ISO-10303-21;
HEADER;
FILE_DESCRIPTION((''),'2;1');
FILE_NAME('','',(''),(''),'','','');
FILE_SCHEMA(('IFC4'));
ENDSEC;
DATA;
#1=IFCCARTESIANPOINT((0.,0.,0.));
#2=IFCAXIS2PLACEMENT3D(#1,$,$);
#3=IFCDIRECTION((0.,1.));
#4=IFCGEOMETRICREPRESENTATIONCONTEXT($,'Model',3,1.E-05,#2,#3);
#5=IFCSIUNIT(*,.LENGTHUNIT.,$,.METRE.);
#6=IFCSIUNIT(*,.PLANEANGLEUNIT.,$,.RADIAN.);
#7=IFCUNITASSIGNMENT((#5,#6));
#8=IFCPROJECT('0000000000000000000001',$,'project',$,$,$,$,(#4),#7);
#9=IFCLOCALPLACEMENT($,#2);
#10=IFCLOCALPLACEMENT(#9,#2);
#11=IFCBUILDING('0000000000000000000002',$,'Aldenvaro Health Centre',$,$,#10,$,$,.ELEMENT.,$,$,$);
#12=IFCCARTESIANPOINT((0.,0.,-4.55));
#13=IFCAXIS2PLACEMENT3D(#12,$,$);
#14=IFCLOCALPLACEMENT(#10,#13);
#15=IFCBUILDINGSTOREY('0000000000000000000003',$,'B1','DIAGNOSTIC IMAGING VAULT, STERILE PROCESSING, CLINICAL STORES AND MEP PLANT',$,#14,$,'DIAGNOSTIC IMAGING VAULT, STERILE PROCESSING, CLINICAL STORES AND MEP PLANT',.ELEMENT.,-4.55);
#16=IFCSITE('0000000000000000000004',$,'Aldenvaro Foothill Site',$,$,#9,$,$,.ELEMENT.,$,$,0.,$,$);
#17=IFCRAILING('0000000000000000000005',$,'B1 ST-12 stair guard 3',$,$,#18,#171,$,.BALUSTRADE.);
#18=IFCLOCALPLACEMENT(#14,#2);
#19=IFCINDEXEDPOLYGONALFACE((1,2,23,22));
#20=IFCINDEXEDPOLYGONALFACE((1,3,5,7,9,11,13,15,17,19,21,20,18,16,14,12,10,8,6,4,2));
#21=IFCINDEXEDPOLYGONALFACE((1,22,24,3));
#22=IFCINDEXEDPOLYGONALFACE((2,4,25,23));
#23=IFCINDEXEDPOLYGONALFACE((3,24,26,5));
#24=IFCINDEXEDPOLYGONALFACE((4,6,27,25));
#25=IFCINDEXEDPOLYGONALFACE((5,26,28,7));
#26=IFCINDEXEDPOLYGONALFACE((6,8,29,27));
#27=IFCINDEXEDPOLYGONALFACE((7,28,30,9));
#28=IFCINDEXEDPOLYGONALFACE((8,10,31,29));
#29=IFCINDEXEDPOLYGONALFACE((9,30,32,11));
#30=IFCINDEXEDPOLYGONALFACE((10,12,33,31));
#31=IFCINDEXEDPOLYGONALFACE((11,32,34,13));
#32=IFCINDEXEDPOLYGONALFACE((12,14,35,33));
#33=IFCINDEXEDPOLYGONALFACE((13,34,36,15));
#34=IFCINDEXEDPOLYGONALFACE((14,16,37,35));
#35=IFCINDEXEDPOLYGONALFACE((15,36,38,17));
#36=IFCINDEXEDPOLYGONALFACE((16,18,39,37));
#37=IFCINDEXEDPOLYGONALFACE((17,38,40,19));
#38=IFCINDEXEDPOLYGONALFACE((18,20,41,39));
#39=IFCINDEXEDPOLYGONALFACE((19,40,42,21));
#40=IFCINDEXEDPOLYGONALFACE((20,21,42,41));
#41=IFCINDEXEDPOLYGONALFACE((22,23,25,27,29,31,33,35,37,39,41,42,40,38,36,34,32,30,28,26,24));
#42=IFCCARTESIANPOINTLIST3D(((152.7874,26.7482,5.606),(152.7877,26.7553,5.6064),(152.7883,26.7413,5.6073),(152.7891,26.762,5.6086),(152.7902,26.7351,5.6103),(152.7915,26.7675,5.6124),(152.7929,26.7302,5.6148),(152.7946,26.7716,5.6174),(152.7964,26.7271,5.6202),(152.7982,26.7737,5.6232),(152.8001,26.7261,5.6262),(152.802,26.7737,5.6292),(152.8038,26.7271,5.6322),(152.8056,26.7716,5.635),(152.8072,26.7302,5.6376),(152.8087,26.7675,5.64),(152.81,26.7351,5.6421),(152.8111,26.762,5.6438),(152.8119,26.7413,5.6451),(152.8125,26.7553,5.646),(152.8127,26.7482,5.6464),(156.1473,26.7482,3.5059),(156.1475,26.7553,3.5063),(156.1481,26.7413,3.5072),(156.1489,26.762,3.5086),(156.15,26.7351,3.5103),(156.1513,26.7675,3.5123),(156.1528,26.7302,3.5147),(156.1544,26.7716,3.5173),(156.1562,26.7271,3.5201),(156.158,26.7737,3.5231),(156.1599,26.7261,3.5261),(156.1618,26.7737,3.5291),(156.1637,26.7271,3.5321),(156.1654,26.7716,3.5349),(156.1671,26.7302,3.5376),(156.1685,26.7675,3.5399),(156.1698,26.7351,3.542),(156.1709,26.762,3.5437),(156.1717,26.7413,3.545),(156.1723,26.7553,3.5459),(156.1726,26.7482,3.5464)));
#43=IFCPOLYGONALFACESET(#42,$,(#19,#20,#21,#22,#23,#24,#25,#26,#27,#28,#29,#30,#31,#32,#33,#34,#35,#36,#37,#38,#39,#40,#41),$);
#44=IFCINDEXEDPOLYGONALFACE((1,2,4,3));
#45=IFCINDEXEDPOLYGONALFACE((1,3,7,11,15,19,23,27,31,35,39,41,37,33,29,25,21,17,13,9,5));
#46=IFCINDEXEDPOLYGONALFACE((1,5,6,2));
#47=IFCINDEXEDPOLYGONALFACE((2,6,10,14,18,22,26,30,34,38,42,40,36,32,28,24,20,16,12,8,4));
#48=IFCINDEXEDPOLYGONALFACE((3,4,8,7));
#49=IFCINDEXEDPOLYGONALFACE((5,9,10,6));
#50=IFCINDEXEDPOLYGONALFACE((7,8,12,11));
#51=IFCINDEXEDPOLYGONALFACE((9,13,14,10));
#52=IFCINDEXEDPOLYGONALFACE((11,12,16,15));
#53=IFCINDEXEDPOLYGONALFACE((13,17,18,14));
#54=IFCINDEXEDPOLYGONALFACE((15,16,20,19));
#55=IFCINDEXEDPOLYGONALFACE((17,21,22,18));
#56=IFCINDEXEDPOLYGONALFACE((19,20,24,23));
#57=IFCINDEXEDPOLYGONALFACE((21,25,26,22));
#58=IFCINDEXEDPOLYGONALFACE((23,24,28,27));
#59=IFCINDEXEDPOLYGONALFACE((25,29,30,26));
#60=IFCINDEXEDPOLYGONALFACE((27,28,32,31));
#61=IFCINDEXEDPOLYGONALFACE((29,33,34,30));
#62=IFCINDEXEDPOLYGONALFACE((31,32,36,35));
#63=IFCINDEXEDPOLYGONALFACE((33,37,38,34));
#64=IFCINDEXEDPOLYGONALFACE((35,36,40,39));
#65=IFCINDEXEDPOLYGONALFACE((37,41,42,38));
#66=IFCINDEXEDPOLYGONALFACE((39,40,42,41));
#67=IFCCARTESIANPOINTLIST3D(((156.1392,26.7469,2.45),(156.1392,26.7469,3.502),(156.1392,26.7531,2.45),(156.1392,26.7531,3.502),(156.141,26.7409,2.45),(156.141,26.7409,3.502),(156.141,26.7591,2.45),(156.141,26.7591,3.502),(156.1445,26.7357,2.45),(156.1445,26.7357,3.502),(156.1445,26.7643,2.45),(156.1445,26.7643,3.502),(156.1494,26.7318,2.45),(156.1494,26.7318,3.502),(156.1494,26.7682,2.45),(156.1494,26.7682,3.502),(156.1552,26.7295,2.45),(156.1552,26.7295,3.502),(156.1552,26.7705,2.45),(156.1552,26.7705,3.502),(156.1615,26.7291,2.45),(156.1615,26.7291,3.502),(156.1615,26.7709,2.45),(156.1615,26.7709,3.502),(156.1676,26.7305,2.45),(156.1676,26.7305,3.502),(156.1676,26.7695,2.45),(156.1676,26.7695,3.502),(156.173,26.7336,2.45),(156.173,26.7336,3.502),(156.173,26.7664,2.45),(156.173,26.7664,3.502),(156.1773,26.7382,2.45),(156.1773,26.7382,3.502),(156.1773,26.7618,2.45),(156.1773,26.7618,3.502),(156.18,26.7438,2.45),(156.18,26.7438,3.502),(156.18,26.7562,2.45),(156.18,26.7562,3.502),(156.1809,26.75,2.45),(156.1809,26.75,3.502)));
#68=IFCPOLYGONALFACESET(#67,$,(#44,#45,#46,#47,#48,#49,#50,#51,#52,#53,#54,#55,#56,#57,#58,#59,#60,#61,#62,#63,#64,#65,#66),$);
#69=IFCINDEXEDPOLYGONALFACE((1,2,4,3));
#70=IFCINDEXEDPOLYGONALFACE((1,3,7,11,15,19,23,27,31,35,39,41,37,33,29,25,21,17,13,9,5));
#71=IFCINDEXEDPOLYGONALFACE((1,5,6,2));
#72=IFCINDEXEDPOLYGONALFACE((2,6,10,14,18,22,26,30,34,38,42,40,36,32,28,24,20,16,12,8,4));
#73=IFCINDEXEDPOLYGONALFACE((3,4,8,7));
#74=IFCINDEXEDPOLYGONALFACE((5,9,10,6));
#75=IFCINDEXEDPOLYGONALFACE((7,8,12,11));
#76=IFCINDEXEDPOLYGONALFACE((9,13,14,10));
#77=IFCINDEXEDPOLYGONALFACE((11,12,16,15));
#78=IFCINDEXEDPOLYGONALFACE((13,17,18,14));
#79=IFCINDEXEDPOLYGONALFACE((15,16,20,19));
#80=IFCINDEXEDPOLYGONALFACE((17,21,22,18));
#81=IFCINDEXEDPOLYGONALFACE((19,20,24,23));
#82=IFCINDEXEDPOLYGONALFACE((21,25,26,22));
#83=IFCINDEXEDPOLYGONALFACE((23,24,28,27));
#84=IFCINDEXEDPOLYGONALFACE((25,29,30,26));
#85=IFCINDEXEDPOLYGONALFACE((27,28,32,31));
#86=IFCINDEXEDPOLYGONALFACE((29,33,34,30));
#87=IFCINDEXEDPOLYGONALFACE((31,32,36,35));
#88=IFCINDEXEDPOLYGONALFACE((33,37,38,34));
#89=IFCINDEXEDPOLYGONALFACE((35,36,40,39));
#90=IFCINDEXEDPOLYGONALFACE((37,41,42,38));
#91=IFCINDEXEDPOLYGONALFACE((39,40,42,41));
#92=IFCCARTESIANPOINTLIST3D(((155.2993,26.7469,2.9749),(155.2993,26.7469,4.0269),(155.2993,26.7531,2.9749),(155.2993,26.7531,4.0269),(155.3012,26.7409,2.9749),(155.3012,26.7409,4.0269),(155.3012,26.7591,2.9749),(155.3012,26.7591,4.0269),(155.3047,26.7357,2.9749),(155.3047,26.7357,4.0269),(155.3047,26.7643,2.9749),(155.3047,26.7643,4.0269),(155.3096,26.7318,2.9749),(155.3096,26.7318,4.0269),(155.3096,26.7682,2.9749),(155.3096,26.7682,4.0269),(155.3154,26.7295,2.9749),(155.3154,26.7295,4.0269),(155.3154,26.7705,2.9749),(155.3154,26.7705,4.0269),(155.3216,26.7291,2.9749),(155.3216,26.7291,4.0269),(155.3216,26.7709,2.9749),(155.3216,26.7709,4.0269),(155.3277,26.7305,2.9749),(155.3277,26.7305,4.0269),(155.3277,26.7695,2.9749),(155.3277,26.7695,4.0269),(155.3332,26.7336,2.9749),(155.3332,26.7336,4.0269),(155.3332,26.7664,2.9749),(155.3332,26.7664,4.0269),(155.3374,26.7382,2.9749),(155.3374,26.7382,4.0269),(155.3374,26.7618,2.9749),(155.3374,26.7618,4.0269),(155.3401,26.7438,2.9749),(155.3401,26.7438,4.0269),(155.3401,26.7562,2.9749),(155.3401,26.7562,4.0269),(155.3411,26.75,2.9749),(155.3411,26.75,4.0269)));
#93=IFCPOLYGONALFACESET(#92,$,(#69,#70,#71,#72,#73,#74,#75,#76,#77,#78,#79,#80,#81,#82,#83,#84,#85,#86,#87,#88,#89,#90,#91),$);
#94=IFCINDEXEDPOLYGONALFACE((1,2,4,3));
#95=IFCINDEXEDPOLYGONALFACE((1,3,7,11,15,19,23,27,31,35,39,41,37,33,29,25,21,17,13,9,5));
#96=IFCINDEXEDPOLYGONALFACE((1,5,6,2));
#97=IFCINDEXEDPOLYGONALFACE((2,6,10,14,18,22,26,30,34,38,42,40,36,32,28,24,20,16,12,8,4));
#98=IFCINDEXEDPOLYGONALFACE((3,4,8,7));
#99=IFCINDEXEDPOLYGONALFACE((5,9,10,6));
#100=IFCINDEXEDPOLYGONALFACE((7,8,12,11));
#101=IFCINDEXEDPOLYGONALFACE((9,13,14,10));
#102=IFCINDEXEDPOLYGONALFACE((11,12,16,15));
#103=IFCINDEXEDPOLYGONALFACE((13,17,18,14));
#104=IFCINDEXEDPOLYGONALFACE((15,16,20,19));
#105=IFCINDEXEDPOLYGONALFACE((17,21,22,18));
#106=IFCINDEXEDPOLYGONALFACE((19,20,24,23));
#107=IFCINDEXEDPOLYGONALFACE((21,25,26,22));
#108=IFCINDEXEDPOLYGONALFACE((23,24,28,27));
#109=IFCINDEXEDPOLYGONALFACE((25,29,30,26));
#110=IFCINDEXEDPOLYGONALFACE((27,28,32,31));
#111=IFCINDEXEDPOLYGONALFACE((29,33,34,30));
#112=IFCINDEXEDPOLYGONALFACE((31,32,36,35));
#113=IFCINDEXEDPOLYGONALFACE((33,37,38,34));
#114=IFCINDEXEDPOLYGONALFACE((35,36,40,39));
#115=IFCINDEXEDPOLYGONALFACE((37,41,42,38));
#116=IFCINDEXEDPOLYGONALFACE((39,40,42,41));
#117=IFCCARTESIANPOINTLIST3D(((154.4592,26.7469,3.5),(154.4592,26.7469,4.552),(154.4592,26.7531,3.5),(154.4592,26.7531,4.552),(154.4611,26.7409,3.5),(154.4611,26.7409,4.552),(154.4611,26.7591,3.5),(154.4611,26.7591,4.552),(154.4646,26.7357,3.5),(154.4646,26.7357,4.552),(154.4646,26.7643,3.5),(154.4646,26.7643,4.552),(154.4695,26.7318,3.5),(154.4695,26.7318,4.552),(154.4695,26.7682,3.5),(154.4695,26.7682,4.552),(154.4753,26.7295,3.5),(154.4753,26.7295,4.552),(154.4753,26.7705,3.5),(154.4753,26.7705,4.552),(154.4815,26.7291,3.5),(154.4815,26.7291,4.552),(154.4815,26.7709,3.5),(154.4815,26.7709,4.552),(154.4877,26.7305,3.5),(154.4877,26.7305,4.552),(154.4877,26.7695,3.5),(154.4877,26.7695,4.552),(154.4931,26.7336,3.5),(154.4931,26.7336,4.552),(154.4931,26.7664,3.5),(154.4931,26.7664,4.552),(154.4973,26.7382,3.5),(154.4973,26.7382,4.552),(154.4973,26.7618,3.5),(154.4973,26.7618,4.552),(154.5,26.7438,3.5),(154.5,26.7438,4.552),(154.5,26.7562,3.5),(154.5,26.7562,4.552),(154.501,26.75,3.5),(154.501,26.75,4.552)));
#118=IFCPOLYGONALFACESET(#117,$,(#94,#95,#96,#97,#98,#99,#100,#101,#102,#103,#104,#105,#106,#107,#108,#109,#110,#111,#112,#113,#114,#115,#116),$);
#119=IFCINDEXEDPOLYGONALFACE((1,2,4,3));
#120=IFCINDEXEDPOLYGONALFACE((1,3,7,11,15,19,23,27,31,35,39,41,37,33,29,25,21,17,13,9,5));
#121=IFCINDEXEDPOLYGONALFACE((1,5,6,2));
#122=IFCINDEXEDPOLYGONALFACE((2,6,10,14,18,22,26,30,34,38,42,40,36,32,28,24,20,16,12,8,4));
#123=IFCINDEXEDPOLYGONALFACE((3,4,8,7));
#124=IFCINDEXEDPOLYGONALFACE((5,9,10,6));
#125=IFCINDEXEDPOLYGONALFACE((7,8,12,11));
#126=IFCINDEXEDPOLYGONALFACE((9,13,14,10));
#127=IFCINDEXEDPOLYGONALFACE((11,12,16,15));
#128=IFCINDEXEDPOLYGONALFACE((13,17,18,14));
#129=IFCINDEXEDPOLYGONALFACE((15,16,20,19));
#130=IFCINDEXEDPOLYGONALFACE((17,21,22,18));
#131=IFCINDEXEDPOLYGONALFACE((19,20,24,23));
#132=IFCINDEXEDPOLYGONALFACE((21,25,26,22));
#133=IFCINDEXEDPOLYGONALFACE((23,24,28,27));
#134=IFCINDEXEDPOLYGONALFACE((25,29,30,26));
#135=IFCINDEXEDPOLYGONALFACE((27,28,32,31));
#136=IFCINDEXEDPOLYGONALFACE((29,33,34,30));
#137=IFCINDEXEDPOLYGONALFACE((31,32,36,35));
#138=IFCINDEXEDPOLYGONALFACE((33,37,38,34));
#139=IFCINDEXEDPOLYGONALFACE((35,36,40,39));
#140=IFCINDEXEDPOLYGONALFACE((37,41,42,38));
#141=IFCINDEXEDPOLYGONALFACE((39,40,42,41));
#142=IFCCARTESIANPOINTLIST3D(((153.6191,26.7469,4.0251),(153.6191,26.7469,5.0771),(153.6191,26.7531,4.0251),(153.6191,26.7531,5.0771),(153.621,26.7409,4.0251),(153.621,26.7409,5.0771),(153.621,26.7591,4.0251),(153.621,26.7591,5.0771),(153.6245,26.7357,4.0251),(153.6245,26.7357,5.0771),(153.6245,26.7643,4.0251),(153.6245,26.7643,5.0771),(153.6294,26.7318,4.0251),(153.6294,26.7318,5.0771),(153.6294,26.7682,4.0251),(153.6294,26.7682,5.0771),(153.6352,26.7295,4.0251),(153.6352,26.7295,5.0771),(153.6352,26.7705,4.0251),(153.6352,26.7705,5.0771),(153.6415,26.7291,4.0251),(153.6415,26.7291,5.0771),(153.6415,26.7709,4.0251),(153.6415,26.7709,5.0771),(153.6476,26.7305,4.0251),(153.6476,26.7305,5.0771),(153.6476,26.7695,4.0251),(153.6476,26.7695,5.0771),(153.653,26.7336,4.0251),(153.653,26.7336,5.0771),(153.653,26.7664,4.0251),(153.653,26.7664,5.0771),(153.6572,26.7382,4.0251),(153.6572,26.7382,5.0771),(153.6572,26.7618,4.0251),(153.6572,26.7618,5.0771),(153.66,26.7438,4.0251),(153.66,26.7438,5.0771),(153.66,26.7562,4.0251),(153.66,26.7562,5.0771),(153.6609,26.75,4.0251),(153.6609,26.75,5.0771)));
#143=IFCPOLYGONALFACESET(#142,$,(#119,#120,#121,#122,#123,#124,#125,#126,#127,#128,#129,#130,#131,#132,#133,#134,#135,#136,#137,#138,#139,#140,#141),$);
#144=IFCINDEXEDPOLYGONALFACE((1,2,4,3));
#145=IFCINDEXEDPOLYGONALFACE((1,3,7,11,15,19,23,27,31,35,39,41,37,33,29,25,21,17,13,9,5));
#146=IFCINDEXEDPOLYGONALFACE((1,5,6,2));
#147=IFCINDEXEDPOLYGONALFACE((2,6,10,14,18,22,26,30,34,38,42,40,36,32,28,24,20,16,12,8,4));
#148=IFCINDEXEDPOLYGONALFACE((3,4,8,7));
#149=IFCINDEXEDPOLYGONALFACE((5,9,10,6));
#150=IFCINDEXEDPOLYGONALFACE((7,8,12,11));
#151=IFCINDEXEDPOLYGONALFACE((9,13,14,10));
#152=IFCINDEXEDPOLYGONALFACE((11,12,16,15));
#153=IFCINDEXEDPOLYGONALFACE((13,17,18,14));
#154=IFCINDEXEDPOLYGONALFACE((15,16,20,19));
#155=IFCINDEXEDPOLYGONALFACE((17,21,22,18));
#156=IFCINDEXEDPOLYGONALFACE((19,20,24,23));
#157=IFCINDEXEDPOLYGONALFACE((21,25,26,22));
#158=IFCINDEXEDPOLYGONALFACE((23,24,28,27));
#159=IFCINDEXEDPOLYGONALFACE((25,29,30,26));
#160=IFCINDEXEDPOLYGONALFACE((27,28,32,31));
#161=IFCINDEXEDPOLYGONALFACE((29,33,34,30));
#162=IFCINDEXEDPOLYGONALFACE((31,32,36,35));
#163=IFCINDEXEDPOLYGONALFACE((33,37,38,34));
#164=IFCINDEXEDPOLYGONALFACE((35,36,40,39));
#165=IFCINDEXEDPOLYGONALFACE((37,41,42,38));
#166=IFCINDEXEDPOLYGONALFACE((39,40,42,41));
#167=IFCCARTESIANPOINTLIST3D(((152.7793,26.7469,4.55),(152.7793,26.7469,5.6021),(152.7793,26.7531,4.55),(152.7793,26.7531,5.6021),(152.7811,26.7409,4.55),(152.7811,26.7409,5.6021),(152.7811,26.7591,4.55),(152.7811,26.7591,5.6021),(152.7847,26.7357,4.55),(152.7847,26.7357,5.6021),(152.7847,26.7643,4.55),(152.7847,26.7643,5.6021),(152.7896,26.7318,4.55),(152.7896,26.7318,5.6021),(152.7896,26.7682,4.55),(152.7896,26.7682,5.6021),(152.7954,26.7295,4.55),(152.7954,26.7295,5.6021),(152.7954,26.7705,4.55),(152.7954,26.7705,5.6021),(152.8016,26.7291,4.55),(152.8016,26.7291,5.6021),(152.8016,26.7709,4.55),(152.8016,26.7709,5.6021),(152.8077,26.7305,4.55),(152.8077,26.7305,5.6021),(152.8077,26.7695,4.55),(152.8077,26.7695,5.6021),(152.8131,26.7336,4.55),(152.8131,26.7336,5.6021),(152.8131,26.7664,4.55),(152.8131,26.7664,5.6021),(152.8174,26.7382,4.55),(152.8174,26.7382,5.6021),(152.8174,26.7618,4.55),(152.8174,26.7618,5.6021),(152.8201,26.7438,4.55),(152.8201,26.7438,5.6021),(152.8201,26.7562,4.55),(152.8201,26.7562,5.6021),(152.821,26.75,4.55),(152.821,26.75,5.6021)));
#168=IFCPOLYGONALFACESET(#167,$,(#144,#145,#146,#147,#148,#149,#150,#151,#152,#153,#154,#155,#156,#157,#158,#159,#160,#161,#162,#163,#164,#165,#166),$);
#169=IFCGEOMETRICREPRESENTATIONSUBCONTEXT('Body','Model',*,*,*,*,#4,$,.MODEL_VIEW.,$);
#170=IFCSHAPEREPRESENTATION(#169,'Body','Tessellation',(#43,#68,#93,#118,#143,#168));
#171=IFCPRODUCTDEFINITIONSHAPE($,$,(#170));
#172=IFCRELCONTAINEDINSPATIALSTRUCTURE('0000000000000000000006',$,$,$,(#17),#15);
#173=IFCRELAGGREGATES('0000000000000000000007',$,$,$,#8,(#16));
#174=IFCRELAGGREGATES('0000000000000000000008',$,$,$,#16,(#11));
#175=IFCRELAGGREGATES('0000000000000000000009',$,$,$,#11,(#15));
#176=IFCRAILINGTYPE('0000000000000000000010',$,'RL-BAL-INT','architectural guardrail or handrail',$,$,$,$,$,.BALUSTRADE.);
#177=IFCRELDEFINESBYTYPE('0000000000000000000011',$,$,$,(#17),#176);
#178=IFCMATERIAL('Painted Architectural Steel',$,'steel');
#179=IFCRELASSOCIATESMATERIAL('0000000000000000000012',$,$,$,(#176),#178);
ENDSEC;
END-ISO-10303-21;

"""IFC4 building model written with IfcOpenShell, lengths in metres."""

from ifc_helpers import new_model, si_unit, direction, frame, origin, origin_2d, place, context, subcontext, project, spatial, circle, extrude, material, type_object, element, save


model = new_model("IFC4")

# Units and contexts
model_context = context("Model", 3, precision=1e-05, world=origin(), true_north=direction((0.0, 1.0)))
body_context = subcontext(model_context, "Body", "Model", "MODEL_VIEW")
ifc_project = project(units=[si_unit("LENGTHUNIT", "METRE"), si_unit("PLANEANGLEUNIT", "RADIAN")], contexts=[model_context])

# Site, building, storey
site_placement = place(None, origin())
site = spatial("IfcSite", under=ifc_project, at=site_placement, Name="Aldenvaro Foothill Site", CompositionType="ELEMENT", RefElevation=0.0)
building_placement = place(site_placement, origin())
building = spatial("IfcBuilding", under=site, at=building_placement, Name="Aldenvaro Health Centre", CompositionType="ELEMENT")
storey_placement = place(building_placement, frame((0.0, 0.0, -4.55)))
storey = spatial("IfcBuildingStorey", under=building, at=storey_placement, Name="B1", Description="DIAGNOSTIC IMAGING VAULT, STERILE PROCESSING, CLINICAL STORES AND MEP PLANT", LongName="DIAGNOSTIC IMAGING VAULT, STERILE PROCESSING, CLINICAL STORES AND MEP PLANT", CompositionType="ELEMENT", Elevation=-4.55)

# Railing
ifc_material_1 = material(Name="Painted Architectural Steel", Category="steel")
railing_type_1 = type_object("IfcRailingType", Name="RL-BAL-INT", Description="architectural guardrail or handrail", PredefinedType="BALUSTRADE", material=ifc_material_1)
railing_1_placement = place(storey_placement, frame((156.1599, 26.75, 2.45)))
element("IfcRailing", 1, at=railing_1_placement, inside=storey, type_object=railing_type_1, Name="B1 ST-12 stair guard 3", PredefinedType="BALUSTRADE", context=body_context, shape_type="SweptSolid", body=[
    extrude(circle(Radius=0.0239, at=origin_2d()), frame((0.0, 0.0, 1.0762), z_axis=(-0.847978, 0.0, 0.530032), x_axis=(0.0, -1.0, 0.0)), (0.0, 0.0, 1.0), 3.9622),
    extrude(circle(Radius=0.021, at=origin_2d()), origin(), (0.0, 0.0, 1.0), 1.052),
    extrude(circle(Radius=0.021, at=origin_2d()), frame((-0.8398, 0.0, 0.5249)), (0.0, 0.0, 1.0), 1.052),
    extrude(circle(Radius=0.021, at=origin_2d()), frame((-1.6799, 0.0, 1.05)), (0.0, 0.0, 1.0), 1.052),
    extrude(circle(Radius=0.021, at=origin_2d()), frame((-2.52, 0.0, 1.5752)), (0.0, 0.0, 1.0), 1.052),
    extrude(circle(Radius=0.021, at=origin_2d()), frame((-3.3599, 0.0, 2.1001)), (0.0, 0.0, 1.0), 1.052),
])

save(model, "model.ifc")
